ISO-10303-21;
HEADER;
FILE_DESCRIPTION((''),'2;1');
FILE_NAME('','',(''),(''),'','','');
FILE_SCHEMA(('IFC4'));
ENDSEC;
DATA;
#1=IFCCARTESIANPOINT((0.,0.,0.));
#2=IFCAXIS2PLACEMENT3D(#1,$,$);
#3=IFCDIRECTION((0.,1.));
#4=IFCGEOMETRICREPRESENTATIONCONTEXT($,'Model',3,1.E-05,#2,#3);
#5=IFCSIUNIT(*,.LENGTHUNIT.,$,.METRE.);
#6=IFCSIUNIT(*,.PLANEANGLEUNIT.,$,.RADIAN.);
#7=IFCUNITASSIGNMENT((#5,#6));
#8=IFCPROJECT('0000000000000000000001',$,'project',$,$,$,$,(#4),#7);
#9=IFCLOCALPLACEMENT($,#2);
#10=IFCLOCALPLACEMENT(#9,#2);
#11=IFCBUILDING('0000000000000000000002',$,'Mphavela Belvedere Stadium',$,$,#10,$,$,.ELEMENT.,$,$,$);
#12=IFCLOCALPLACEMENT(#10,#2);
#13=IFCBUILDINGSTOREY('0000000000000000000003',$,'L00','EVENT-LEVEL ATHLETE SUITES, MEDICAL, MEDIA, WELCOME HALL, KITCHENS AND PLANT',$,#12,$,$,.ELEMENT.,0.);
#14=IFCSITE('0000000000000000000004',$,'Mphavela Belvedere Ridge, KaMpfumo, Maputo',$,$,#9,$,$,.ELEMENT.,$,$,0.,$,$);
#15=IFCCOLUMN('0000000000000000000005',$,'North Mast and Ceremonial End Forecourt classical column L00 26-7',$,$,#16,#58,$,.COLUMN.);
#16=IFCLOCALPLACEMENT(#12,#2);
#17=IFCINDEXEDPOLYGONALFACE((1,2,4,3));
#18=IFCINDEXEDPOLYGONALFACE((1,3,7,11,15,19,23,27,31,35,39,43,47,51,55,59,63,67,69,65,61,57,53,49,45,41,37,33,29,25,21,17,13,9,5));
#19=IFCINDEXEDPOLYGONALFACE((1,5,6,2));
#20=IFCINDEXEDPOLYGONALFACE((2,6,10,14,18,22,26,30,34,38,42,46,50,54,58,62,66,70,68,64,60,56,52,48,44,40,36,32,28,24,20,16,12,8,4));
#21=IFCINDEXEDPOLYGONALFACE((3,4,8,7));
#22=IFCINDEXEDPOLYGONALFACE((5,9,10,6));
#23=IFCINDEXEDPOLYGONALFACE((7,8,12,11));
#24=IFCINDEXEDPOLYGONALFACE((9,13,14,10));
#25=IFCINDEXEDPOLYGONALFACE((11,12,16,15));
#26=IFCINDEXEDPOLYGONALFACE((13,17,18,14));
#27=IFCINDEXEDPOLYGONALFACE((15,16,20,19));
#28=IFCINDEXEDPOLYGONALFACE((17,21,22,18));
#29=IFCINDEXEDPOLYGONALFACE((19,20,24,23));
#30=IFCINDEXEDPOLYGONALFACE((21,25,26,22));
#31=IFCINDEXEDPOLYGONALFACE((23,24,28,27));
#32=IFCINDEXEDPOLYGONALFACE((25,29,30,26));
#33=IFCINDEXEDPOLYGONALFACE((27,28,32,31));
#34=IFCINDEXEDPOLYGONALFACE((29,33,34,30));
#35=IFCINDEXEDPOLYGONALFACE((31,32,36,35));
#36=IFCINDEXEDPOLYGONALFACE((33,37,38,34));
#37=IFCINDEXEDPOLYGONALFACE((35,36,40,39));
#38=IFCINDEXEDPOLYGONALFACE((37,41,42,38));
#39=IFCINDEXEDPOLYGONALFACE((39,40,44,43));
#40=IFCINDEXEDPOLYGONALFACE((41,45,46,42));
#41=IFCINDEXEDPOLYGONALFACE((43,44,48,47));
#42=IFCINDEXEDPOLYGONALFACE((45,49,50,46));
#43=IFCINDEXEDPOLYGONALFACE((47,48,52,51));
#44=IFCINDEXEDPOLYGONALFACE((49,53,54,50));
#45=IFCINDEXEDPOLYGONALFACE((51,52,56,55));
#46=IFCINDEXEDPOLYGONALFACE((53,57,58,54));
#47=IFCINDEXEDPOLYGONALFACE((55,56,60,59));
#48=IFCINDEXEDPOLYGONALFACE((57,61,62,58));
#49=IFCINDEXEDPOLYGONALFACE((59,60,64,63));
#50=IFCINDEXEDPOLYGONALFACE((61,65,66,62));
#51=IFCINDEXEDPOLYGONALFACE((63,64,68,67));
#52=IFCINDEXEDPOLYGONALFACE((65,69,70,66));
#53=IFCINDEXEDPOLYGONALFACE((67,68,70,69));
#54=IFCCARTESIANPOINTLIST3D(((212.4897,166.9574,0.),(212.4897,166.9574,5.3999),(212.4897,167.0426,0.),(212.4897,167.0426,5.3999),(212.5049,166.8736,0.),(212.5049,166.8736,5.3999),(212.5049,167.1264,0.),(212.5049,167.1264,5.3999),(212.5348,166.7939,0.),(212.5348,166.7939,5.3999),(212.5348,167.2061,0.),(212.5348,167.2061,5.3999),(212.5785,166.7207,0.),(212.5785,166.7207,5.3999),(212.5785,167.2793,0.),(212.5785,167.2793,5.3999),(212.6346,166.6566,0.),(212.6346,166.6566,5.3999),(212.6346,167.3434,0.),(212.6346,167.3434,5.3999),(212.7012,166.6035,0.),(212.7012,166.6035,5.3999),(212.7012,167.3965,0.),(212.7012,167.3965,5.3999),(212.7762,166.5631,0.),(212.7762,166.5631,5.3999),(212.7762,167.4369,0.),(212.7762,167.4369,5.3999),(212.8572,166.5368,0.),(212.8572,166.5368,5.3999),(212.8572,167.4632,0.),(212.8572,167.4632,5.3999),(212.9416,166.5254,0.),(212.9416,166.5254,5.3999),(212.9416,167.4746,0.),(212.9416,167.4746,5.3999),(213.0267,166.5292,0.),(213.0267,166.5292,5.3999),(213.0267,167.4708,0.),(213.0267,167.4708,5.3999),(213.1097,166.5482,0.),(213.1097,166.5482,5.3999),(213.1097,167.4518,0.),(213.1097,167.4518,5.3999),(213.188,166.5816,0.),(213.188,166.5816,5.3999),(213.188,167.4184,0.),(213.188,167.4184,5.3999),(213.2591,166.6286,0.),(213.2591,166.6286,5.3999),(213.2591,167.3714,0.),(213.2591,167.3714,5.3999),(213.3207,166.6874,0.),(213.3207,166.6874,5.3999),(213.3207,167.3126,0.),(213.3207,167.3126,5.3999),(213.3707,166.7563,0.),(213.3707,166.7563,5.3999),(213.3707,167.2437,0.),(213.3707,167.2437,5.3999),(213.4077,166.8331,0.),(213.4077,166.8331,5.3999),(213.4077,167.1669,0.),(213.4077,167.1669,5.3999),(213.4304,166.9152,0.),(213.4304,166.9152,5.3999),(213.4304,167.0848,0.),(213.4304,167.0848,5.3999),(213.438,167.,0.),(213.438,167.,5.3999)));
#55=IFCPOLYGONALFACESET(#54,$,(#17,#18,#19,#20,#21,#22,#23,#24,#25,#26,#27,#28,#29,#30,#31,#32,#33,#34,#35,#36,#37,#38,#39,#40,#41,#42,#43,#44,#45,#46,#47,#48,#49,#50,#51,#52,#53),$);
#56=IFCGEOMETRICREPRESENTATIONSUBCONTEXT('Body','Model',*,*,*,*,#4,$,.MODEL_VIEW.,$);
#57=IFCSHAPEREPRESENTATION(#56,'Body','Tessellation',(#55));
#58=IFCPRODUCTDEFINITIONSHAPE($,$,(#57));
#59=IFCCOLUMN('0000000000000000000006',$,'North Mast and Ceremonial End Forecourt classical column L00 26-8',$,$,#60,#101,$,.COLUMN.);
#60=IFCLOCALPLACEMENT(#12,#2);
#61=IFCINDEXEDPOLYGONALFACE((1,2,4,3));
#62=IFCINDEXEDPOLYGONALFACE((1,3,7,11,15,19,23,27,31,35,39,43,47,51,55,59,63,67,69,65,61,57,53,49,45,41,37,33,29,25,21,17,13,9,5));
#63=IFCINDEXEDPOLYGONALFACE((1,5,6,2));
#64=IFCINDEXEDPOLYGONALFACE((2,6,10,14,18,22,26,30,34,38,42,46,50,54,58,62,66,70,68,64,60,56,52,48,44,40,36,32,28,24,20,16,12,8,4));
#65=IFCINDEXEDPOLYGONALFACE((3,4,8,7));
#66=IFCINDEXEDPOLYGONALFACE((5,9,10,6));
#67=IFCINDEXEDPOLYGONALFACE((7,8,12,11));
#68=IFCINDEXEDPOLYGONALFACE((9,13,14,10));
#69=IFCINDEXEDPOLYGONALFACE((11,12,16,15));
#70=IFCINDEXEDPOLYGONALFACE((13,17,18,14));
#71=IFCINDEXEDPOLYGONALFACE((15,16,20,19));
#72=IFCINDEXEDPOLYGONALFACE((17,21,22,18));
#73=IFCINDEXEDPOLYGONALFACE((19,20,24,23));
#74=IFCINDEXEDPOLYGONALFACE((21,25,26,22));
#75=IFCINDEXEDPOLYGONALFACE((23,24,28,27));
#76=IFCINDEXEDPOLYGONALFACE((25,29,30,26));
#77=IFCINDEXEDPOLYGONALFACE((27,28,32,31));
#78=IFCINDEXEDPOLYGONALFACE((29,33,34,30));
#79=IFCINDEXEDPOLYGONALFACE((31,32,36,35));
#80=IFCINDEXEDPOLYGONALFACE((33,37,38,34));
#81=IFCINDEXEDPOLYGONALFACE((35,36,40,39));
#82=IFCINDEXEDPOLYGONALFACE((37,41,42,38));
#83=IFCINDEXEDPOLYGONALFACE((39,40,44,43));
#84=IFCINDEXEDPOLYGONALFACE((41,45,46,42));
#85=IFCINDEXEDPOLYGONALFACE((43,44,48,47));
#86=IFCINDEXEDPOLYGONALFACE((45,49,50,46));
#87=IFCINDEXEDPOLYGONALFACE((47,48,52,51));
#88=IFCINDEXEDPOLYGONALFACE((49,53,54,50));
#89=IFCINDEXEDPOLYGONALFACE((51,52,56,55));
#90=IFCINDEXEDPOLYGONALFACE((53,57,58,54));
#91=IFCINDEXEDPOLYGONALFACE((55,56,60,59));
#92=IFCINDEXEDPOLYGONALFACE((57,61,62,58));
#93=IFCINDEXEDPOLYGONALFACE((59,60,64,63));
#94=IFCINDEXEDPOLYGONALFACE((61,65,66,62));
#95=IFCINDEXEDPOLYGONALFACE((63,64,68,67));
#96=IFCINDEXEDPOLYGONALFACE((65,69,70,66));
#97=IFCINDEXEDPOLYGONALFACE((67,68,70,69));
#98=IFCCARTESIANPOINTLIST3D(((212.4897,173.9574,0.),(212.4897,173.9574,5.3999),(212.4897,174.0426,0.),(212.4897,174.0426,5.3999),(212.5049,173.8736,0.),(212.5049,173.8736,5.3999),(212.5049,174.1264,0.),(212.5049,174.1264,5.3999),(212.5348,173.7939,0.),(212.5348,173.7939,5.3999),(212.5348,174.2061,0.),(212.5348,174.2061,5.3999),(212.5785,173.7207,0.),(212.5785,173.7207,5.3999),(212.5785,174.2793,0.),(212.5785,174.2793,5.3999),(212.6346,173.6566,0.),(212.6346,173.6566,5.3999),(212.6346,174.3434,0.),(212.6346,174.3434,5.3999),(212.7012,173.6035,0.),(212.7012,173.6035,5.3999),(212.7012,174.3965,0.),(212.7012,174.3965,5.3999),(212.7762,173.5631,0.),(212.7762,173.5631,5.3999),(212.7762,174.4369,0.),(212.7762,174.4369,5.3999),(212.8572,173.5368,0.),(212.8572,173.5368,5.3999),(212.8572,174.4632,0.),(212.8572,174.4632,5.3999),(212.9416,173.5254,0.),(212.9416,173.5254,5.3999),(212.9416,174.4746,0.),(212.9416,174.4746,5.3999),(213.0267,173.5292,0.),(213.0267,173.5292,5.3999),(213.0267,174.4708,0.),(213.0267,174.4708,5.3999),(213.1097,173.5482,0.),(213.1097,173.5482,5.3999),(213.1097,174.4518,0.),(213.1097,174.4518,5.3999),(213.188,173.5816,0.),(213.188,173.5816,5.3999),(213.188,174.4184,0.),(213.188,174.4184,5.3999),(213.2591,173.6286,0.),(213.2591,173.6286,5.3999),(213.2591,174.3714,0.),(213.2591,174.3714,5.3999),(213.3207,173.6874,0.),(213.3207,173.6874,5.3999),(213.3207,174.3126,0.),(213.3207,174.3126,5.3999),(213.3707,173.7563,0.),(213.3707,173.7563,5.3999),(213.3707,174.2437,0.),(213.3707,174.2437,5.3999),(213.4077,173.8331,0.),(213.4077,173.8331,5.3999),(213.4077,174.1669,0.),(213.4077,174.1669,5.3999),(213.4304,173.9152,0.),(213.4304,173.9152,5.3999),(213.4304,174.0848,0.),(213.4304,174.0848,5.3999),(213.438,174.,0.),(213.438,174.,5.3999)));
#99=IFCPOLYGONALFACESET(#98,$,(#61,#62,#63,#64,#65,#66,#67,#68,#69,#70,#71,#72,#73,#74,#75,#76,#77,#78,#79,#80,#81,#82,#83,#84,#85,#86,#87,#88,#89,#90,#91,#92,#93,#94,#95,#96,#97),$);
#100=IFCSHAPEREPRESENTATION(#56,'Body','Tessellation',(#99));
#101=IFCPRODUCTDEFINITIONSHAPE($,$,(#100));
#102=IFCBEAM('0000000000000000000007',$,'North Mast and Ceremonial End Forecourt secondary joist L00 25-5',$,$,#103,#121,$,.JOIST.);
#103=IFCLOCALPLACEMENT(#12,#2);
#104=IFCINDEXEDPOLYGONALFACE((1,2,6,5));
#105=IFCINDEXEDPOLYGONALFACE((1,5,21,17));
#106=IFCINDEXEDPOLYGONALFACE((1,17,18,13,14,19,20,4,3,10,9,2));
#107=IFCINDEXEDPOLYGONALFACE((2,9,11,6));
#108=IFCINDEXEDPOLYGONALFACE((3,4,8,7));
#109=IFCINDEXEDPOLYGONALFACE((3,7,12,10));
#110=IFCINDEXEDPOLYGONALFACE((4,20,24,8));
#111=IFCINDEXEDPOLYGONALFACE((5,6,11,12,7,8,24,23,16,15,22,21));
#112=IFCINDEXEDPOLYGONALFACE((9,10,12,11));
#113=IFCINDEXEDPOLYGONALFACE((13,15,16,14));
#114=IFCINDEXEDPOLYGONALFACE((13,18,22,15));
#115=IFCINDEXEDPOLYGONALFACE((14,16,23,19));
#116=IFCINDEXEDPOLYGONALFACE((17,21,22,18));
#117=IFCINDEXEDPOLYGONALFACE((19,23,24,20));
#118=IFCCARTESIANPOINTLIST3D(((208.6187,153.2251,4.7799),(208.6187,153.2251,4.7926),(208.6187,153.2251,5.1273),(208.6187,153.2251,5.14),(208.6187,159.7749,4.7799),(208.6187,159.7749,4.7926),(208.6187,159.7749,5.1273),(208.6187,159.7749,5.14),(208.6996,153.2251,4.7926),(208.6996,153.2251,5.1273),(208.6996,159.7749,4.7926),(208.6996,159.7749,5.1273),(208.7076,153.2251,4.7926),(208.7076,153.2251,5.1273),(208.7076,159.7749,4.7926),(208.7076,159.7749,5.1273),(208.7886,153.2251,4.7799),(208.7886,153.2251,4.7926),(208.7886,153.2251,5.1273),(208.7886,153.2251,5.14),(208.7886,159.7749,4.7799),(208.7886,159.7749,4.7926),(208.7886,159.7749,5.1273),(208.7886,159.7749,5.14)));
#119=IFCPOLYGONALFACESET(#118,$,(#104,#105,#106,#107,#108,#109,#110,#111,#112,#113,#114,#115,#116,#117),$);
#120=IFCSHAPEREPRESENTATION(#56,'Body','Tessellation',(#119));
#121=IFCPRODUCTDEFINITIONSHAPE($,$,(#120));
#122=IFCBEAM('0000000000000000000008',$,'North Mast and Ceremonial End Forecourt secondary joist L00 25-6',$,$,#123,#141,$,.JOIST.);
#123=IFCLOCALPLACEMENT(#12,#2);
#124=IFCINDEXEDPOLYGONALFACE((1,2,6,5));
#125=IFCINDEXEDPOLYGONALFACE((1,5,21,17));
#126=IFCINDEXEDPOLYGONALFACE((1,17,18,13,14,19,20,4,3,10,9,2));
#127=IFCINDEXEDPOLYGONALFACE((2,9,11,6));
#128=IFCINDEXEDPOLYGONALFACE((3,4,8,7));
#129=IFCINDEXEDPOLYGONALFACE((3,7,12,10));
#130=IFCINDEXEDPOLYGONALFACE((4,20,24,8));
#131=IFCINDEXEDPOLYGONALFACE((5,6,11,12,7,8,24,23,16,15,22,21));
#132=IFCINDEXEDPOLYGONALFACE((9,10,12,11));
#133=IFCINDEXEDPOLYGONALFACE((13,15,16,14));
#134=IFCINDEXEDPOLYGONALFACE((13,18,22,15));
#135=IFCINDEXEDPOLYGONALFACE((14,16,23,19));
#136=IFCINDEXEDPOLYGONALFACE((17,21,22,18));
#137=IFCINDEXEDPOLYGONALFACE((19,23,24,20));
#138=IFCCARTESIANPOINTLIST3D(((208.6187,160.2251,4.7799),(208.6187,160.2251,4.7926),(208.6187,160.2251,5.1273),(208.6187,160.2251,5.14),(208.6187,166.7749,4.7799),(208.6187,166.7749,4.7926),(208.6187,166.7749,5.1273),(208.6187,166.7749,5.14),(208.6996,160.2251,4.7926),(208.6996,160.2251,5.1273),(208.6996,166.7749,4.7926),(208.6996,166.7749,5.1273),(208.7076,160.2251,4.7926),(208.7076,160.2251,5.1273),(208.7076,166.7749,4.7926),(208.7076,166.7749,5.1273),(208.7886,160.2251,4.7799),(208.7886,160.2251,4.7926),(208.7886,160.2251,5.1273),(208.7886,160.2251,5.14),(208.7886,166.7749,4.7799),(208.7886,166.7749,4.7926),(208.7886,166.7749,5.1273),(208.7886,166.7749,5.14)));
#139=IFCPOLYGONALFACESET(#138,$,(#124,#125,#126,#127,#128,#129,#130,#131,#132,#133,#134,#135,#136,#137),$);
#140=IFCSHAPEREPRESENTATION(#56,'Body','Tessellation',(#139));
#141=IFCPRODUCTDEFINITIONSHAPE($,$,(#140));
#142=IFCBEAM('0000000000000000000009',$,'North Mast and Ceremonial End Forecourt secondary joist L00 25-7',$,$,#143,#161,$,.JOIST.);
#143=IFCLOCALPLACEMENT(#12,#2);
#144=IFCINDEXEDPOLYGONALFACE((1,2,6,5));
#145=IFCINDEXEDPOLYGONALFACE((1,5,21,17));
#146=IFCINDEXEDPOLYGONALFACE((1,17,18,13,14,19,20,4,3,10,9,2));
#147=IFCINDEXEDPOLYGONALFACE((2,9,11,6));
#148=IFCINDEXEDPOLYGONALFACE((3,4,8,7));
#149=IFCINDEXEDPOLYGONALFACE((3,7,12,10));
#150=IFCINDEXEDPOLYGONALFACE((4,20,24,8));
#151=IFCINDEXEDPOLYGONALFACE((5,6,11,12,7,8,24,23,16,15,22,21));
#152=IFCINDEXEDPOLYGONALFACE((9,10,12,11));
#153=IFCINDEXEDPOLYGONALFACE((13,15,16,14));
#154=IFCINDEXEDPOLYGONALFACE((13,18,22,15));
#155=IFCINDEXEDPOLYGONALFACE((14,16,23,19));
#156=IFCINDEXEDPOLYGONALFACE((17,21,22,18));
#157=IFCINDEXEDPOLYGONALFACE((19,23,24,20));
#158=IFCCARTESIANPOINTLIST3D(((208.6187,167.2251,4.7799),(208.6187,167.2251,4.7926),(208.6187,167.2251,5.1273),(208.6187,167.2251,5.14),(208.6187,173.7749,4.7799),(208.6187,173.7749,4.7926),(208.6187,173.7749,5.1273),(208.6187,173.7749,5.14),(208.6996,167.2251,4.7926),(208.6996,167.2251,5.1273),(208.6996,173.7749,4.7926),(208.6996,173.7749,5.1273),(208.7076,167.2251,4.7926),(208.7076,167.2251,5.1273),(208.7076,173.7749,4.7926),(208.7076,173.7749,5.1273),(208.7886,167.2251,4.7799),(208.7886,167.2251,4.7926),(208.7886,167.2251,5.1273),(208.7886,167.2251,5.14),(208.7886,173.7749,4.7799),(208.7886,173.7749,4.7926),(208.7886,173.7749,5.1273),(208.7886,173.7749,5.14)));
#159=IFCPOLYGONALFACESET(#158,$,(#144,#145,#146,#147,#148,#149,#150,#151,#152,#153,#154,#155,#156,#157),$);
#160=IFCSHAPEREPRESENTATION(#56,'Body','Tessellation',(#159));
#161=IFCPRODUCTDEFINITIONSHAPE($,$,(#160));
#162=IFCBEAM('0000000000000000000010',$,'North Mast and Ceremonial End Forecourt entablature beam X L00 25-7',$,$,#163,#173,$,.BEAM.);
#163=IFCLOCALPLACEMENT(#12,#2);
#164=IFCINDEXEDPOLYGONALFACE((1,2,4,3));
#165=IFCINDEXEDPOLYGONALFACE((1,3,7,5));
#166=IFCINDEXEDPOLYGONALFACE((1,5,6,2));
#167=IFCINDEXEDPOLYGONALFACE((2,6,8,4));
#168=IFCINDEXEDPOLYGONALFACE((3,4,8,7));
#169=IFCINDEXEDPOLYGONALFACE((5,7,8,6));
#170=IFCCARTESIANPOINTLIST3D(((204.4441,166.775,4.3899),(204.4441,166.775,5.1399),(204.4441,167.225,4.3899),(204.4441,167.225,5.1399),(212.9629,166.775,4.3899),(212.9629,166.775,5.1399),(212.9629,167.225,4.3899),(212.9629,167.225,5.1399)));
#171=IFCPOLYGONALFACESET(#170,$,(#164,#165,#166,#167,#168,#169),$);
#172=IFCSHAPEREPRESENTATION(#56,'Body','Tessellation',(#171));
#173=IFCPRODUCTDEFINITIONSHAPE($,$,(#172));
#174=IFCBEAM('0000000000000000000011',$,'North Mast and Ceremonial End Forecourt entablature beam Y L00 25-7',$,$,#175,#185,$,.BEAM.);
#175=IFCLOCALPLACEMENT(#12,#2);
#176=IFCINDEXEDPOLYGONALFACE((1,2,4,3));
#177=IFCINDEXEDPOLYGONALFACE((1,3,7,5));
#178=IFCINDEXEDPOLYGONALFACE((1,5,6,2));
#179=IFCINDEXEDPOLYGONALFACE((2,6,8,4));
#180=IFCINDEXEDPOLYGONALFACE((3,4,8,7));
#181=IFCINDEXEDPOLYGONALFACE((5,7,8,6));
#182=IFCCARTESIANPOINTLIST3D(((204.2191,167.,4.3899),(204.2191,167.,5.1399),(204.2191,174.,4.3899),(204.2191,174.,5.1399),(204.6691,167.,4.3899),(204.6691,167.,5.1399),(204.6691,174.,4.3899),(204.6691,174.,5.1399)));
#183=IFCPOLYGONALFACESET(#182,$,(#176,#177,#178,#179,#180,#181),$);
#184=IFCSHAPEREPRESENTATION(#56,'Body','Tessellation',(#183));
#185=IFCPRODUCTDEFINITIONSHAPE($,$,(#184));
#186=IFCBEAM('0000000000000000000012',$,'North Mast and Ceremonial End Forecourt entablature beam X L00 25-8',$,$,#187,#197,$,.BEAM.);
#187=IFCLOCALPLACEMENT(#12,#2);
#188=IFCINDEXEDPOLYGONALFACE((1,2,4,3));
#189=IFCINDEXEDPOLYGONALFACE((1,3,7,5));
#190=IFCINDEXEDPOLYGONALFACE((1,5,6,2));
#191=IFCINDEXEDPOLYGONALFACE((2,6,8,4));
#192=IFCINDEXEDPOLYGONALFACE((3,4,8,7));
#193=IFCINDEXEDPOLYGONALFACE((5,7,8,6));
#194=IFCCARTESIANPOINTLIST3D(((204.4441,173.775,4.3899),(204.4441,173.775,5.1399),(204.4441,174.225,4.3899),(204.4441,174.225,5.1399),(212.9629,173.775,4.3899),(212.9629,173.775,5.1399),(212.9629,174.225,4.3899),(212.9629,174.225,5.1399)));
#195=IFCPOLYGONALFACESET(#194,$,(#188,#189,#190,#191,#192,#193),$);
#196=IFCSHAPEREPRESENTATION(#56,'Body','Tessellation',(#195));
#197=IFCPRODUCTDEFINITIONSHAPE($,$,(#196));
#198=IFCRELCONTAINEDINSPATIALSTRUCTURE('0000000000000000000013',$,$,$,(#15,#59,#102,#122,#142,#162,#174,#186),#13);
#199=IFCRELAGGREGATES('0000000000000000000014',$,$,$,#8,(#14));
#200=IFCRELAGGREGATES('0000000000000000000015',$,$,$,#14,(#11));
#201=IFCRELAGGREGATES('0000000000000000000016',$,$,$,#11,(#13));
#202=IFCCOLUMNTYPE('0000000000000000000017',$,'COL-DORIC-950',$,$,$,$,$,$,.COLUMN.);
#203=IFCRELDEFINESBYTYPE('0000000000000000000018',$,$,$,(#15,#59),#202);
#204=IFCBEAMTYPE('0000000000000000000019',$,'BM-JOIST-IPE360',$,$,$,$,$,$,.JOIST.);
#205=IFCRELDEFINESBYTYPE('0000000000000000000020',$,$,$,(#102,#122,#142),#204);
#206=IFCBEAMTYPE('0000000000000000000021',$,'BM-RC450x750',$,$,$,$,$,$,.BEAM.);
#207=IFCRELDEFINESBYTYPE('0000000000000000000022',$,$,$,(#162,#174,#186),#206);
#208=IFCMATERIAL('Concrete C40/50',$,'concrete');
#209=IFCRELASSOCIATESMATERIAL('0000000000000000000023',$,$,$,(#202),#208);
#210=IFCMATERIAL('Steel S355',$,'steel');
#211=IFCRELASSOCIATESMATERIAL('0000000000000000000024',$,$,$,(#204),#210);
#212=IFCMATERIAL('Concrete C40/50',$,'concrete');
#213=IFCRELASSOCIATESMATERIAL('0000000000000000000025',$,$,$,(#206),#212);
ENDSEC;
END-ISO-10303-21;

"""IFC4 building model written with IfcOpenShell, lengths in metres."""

from ifc_helpers import new_model, si_unit, direction, frame, origin, origin_2d, place, context, subcontext, project, spatial, rectangle, circle, i_section, extrude, material, material_profile, profile_set, type_object, element, save


model = new_model("IFC4")

# Units and contexts
model_context = context("Model", 3, precision=1e-05, world=origin(), true_north=direction((0.0, 1.0)))
body_context = subcontext(model_context, "Body", "Model", "MODEL_VIEW")
ifc_project = project(units=[si_unit("LENGTHUNIT", "METRE"), si_unit("PLANEANGLEUNIT", "RADIAN")], contexts=[model_context])

# Site, building, storey
site_placement = place(None, origin())
site = spatial("IfcSite", under=ifc_project, at=site_placement, Name="Mphavela Belvedere Ridge, KaMpfumo, Maputo", CompositionType="ELEMENT", RefElevation=0.0)
building_placement = place(site_placement, origin())
building = spatial("IfcBuilding", under=site, at=building_placement, Name="Mphavela Belvedere Stadium", CompositionType="ELEMENT")
storey_placement = place(building_placement, origin())
storey = spatial("IfcBuildingStorey", under=building, at=storey_placement, Name="L00", Description="EVENT-LEVEL ATHLETE SUITES, MEDICAL, MEDIA, WELCOME HALL, KITCHENS AND PLANT", CompositionType="ELEMENT", Elevation=0.0)

# Columns
ifc_material_1 = material(Name="Concrete C40/50", Category="concrete")
ifc_material_profile_1 = material_profile(ifc_material_1, circle(Radius=0.4751, at=origin_2d()), Name="COL D950")
ifc_profile_set_1 = profile_set([ifc_material_profile_1], Name="Concrete C40/50")
column_type = type_object("IfcColumnType", Name="COL-DORIC-950", PredefinedType="COLUMN", material=ifc_profile_set_1)
for number, where, z_axis, x_axis, name in (
    (1, (212.9629, 167.0, 0.0), (0.0, 0.0, 1.0), (1.0, 0.0, 0.0), "North Mast and Ceremonial End Forecourt classical column L00 26-7"),
    (2, (212.9629, 174.0, 0.0), (0.0, 0.0, 1.0), (1.0, 0.0, 0.0), "North Mast and Ceremonial End Forecourt classical column L00 26-8"),
):
    element("IfcColumn", number, at=place(storey_placement, frame(where, z_axis=z_axis, x_axis=x_axis)), inside=storey, type_object=column_type, Name=name, PredefinedType="COLUMN", context=body_context, shape_type="SweptSolid", body=[
        extrude(circle(Radius=0.4751, at=origin_2d()), origin(), (0.0, 0.0, 1.0), 5.3999),
    ])

# Beams
ifc_material_2 = material(Name="Steel S355", Category="steel")
ifc_material_profile_2 = material_profile(ifc_material_2, i_section(OverallWidth=0.1699, OverallDepth=0.3601, WebThickness=0.0081, FlangeThickness=0.0127, at=origin_2d()), Name="IPE 360")
ifc_profile_set_2 = profile_set([ifc_material_profile_2], Name="Steel S355")
beam_type_1 = type_object("IfcBeamType", Name="BM-JOIST-IPE360", PredefinedType="JOIST", material=ifc_profile_set_2)
for number, where, z_axis, x_axis, name in (
    (3, (208.7036, 153.2251, 4.96), (0.0, 1.0, 0.0), (-1.0, 0.0, 0.0), "North Mast and Ceremonial End Forecourt secondary joist L00 25-5"),
    (4, (208.7036, 160.2251, 4.96), (0.0, 1.0, 0.0), (-1.0, 0.0, 0.0), "North Mast and Ceremonial End Forecourt secondary joist L00 25-6"),
    (5, (208.7036, 167.2251, 4.96), (0.0, 1.0, 0.0), (-1.0, 0.0, 0.0), "North Mast and Ceremonial End Forecourt secondary joist L00 25-7"),
):
    element("IfcBeam", number, at=place(storey_placement, frame(where, z_axis=z_axis, x_axis=x_axis)), inside=storey, type_object=beam_type_1, Name=name, PredefinedType="JOIST", context=body_context, shape_type="SweptSolid", body=[
        extrude(i_section(OverallWidth=0.1699, OverallDepth=0.3601, WebThickness=0.0081, FlangeThickness=0.0127, at=origin_2d()), origin(), (0.0, 0.0, 1.0), 6.5498),
    ])
ifc_material_3 = material(Name="Concrete C40/50", Category="concrete")
ifc_material_profile_3 = material_profile(ifc_material_3, rectangle(XDim=0.45, YDim=0.75, at=origin_2d()), Name="RC 450x750")
ifc_profile_set_3 = profile_set([ifc_material_profile_3], Name="Concrete C40/50")
beam_type_2 = type_object("IfcBeamType", Name="BM-RC450x750", PredefinedType="BEAM", material=ifc_profile_set_3)
beam_1_placement = place(storey_placement, frame((204.4441, 167.0, 4.7649), z_axis=(1.0, 0.0, 0.0), x_axis=(0.0, 1.0, 0.0)))
element("IfcBeam", 6, at=beam_1_placement, inside=storey, type_object=beam_type_2, Name="North Mast and Ceremonial End Forecourt entablature beam X L00 25-7", PredefinedType="BEAM", context=body_context, shape_type="SweptSolid", body=[
    extrude(rectangle(XDim=0.45, YDim=0.75, at=origin_2d()), origin(), (0.0, 0.0, 1.0), 8.5188),
])
beam_2_placement = place(storey_placement, frame((204.4441, 167.0, 4.7649), z_axis=(0.0, 1.0, 0.0), x_axis=(-1.0, 0.0, 0.0)))
element("IfcBeam", 7, at=beam_2_placement, inside=storey, type_object=beam_type_2, Name="North Mast and Ceremonial End Forecourt entablature beam Y L00 25-7", PredefinedType="BEAM", context=body_context, shape_type="SweptSolid", body=[
    extrude(rectangle(XDim=0.45, YDim=0.75, at=origin_2d()), origin(), (0.0, 0.0, 1.0), 7.0),
])
beam_3_placement = place(storey_placement, frame((204.4441, 174.0, 4.7649), z_axis=(1.0, 0.0, 0.0), x_axis=(0.0, 1.0, 0.0)))
element("IfcBeam", 8, at=beam_3_placement, inside=storey, type_object=beam_type_2, Name="North Mast and Ceremonial End Forecourt entablature beam X L00 25-8", PredefinedType="BEAM", context=body_context, shape_type="SweptSolid", body=[
    extrude(rectangle(XDim=0.45, YDim=0.75, at=origin_2d()), origin(), (0.0, 0.0, 1.0), 8.5188),
])

save(model, "model.ifc")
